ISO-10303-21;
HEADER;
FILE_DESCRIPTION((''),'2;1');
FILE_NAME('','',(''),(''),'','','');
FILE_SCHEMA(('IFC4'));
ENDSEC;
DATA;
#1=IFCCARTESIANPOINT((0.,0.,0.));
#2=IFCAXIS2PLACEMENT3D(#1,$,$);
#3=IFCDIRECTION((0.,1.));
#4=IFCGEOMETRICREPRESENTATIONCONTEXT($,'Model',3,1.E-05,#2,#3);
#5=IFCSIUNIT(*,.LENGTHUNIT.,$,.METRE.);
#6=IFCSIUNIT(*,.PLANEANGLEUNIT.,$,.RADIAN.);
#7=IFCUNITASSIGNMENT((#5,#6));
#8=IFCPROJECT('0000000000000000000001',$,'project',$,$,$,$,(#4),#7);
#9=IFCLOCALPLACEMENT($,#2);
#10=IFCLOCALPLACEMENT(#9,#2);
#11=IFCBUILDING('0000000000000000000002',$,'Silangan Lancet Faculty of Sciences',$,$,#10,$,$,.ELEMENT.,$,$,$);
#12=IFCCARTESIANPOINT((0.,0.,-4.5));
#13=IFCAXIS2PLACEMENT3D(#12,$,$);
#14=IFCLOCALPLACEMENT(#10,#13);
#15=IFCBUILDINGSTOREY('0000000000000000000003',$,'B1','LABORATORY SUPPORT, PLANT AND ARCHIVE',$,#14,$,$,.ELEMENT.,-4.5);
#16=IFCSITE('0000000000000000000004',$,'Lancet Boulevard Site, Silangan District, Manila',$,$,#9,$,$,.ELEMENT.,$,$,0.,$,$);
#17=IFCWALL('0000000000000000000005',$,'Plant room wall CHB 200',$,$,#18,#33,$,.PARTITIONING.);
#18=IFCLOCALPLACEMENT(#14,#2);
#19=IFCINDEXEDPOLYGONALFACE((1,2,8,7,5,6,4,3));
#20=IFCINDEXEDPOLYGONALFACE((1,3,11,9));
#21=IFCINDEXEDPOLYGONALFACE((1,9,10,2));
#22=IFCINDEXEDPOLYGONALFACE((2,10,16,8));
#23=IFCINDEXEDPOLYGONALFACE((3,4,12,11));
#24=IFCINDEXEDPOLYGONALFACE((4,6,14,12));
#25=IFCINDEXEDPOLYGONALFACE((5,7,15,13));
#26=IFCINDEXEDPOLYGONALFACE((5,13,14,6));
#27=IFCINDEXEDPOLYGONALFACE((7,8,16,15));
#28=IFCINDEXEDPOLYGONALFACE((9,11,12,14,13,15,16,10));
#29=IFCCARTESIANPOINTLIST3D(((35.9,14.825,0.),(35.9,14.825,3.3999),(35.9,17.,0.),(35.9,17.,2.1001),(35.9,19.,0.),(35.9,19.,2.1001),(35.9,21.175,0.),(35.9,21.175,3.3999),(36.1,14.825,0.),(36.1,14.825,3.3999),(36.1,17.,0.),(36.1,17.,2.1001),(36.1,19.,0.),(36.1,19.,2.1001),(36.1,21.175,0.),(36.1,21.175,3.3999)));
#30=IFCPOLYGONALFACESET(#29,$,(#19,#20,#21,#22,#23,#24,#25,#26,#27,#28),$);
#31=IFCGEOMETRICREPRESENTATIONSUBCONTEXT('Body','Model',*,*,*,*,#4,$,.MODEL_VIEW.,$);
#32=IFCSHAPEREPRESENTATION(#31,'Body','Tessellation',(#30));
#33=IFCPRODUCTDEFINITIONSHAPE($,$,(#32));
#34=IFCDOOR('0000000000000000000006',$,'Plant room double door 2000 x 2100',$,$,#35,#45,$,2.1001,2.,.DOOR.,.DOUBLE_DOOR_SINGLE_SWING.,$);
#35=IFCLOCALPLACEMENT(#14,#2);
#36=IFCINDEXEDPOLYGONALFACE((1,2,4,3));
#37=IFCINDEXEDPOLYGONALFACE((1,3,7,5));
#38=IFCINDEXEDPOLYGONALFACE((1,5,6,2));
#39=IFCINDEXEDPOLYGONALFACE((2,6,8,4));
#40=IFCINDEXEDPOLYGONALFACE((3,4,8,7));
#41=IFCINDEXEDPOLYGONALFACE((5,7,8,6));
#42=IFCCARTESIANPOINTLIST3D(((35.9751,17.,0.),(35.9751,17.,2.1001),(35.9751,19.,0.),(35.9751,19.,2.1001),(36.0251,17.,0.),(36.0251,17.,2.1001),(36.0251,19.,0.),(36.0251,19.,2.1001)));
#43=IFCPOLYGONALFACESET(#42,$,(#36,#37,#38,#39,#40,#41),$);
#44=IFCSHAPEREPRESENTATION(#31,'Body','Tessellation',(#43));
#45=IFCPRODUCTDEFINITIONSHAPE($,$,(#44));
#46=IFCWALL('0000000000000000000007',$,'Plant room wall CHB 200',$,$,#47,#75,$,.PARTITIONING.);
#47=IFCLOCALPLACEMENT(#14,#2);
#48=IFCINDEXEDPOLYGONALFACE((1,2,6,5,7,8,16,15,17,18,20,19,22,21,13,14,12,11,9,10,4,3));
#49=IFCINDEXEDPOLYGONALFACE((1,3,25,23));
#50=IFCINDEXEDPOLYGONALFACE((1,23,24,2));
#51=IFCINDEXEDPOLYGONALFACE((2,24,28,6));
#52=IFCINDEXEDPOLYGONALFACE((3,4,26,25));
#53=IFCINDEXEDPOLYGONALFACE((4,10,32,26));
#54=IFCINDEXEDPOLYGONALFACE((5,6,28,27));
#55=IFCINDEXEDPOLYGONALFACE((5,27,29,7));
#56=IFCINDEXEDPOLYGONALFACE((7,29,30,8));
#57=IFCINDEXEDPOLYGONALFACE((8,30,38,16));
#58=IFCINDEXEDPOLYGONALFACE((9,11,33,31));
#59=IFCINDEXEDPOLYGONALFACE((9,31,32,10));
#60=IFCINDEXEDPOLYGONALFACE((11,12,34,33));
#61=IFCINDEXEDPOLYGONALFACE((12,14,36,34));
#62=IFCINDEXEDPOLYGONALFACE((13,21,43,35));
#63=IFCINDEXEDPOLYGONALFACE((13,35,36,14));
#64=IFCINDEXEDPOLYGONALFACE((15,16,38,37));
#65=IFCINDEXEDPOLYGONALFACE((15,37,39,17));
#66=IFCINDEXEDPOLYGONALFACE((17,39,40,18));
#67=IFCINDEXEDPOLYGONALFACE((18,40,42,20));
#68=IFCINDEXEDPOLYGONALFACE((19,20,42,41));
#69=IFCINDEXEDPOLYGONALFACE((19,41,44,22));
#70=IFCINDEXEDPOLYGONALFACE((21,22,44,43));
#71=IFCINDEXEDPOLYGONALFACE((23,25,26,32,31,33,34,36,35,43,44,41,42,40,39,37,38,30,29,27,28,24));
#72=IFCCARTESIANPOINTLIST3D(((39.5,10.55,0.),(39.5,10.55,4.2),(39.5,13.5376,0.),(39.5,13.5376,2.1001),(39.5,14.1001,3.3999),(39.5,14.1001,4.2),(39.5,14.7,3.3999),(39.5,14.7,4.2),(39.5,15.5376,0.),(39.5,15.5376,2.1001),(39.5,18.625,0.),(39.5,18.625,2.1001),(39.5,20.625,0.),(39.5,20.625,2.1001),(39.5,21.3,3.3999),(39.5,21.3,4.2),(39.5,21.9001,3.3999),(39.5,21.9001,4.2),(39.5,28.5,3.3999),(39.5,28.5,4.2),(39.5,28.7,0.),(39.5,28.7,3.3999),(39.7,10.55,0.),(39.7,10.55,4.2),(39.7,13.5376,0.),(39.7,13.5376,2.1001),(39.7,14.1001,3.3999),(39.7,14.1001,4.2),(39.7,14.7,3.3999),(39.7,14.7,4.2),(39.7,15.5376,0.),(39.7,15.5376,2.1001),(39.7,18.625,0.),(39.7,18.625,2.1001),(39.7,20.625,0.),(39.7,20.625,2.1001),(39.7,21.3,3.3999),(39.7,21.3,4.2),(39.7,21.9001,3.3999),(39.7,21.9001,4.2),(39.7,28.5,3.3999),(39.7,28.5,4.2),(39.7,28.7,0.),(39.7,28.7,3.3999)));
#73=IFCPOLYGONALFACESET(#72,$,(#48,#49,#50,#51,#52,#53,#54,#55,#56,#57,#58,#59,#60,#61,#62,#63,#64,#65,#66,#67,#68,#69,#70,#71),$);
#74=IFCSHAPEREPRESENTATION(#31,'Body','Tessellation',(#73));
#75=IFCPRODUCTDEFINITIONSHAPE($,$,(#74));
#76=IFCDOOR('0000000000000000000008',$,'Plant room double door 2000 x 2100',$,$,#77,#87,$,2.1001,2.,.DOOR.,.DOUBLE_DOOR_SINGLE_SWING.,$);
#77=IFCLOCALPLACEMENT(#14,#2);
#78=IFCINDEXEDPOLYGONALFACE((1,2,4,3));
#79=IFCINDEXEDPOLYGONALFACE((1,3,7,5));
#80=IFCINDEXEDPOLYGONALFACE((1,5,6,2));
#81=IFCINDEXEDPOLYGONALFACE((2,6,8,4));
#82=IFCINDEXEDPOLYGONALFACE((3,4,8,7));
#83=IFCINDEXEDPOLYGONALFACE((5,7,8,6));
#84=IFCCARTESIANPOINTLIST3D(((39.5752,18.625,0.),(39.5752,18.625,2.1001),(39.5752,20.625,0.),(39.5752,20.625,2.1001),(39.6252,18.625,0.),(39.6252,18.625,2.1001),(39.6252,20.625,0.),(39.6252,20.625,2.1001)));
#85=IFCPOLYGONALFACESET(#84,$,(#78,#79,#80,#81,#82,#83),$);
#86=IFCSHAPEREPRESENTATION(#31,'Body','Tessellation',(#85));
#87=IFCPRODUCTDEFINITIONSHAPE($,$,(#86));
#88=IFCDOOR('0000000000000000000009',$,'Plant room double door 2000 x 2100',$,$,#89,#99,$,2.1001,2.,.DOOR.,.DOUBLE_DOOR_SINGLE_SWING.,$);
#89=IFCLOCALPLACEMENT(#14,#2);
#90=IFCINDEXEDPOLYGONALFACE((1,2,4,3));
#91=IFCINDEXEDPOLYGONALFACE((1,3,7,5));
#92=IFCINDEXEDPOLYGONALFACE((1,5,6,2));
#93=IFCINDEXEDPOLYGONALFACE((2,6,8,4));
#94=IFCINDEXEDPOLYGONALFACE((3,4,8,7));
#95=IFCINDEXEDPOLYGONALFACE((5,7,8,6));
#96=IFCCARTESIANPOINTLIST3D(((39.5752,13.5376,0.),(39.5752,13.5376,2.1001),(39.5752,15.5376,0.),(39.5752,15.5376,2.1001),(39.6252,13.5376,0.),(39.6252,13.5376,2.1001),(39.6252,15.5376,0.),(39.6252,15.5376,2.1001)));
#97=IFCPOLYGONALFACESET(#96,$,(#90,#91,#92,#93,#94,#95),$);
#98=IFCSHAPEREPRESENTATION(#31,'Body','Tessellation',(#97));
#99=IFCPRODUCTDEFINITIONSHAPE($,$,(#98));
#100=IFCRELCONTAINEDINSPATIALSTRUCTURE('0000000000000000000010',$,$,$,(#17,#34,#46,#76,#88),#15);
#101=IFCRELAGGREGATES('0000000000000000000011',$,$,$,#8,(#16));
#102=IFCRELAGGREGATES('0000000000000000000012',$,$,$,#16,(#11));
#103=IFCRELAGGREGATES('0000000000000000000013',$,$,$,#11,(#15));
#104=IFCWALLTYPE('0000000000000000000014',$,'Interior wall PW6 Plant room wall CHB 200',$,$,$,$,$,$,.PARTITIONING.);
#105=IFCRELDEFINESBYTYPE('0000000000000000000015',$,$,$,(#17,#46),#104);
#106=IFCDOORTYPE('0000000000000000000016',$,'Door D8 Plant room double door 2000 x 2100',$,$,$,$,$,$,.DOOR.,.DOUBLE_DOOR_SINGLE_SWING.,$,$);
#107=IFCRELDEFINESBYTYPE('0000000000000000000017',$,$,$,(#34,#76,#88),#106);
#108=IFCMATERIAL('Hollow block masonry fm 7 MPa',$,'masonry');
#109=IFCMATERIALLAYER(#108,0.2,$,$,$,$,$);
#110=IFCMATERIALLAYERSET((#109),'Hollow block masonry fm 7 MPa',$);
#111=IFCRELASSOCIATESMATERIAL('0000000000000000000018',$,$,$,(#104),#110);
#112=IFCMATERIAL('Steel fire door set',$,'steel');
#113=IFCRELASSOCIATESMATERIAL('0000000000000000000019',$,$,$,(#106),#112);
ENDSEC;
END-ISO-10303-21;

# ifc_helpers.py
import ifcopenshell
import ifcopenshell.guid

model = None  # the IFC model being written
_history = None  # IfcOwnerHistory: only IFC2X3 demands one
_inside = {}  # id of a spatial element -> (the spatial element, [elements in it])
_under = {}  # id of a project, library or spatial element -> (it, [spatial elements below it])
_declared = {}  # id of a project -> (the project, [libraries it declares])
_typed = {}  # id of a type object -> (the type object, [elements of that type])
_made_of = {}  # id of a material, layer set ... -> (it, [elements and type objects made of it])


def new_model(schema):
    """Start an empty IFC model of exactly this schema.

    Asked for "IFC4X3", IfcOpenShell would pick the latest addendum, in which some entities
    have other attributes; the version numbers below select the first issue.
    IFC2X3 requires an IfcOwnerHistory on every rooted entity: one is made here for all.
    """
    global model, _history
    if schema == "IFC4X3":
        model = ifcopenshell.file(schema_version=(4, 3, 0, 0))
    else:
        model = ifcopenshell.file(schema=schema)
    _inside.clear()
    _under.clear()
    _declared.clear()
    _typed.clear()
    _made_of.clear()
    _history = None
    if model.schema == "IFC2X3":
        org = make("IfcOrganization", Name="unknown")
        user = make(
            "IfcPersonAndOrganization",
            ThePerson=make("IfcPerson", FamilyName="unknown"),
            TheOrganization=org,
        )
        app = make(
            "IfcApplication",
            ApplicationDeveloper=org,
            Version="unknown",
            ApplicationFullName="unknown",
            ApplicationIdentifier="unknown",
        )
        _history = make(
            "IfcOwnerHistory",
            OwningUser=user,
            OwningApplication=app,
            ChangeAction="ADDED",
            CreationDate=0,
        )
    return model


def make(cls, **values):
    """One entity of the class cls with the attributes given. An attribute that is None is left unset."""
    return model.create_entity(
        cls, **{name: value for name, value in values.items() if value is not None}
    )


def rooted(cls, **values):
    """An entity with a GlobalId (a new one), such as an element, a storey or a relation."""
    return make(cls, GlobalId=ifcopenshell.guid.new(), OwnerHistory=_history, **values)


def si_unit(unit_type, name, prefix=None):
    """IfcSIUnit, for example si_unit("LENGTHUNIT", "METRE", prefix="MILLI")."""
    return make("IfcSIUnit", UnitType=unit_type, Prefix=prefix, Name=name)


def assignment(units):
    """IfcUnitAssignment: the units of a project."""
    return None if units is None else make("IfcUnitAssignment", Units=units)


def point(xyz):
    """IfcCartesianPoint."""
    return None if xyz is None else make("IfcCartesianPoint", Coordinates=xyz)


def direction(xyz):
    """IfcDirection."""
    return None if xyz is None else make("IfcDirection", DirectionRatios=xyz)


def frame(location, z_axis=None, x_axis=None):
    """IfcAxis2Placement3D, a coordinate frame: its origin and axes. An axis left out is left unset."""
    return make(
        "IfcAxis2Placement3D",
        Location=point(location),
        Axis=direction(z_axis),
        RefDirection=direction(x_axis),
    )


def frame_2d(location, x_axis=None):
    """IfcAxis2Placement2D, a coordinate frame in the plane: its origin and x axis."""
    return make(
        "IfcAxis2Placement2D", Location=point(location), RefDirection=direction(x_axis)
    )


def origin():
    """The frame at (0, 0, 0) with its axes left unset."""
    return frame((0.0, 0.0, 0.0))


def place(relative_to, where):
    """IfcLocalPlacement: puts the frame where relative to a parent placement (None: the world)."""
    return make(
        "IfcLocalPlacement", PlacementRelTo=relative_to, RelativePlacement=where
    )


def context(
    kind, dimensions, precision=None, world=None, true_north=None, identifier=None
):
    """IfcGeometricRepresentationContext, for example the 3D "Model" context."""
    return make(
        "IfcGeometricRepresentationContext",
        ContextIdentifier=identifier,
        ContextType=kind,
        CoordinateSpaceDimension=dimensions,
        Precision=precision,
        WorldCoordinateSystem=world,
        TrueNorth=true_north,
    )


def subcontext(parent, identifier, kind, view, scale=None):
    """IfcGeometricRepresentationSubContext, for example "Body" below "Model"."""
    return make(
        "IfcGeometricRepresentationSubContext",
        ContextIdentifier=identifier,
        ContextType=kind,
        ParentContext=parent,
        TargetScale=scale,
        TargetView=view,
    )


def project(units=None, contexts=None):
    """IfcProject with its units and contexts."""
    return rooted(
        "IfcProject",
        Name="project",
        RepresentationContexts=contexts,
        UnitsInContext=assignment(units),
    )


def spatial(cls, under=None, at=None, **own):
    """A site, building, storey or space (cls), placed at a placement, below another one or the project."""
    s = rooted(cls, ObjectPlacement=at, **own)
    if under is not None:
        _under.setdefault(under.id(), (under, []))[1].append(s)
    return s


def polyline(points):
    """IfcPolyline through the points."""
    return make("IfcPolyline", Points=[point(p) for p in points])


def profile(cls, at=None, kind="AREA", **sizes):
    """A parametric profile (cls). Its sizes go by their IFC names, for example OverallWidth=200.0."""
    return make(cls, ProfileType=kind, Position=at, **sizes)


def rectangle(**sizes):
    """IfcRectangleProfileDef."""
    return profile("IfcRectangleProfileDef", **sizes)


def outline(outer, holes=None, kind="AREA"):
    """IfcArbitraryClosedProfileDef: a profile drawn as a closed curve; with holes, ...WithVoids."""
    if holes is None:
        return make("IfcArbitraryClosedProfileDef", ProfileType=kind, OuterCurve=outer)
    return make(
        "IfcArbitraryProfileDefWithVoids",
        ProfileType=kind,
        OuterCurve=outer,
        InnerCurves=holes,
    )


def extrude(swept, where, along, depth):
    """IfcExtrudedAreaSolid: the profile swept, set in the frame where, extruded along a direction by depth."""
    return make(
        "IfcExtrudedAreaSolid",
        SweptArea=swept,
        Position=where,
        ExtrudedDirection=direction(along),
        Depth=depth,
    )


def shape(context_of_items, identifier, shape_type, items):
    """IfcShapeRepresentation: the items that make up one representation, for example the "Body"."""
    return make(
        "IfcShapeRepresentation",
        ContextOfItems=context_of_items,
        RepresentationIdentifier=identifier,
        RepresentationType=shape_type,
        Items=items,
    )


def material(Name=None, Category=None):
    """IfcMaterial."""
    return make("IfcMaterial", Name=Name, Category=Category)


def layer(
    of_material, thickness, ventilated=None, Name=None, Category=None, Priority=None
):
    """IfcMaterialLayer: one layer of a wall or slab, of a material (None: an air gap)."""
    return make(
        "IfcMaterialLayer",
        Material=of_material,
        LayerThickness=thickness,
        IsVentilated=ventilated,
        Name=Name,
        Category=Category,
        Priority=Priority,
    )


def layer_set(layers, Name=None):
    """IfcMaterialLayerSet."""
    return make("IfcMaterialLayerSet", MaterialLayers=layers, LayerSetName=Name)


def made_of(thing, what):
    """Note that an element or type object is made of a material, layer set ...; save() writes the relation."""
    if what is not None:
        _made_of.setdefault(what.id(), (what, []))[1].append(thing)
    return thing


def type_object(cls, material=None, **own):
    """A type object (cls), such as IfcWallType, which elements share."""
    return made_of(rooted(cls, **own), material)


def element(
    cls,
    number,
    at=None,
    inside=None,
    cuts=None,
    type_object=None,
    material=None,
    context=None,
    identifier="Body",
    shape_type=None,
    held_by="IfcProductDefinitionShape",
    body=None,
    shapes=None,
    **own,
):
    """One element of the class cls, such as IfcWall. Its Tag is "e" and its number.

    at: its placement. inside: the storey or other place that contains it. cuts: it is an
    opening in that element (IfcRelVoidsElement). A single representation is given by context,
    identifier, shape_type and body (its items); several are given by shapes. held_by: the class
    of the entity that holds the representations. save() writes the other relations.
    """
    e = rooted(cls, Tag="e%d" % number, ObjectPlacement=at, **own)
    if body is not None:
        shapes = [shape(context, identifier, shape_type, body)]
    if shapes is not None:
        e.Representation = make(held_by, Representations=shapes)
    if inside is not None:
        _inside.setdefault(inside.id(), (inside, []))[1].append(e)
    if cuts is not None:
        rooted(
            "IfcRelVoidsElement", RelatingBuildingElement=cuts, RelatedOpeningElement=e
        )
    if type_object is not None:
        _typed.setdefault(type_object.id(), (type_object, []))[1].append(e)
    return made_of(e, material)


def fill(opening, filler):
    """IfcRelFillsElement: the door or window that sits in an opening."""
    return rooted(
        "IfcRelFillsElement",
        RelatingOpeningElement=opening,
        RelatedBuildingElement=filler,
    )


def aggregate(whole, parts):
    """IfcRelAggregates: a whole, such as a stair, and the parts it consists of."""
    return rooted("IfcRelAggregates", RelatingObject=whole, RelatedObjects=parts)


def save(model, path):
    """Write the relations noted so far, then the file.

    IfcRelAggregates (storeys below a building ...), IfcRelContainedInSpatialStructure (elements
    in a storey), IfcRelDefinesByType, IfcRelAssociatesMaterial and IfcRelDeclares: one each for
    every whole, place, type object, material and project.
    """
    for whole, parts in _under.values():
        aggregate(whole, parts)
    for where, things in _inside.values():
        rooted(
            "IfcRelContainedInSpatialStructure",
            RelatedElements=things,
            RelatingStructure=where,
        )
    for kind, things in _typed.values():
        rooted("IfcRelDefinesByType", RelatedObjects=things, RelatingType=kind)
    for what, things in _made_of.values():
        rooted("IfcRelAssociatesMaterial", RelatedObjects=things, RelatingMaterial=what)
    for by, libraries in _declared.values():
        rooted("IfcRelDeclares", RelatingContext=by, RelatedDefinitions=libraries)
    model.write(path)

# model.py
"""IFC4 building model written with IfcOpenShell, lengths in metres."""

from ifc_helpers import new_model, si_unit, direction, frame, frame_2d, origin, place, context, subcontext, project, spatial, polyline, rectangle, outline, extrude, material, layer, layer_set, type_object, element, fill, save


model = new_model("IFC4")

# Units and contexts
model_context = context("Model", 3, precision=1e-05, world=origin(), true_north=direction((0.0, 1.0)))
body_context = subcontext(model_context, "Body", "Model", "MODEL_VIEW")
ifc_project = project(units=[si_unit("LENGTHUNIT", "METRE"), si_unit("PLANEANGLEUNIT", "RADIAN")], contexts=[model_context])

# Site, building, storey
site_placement = place(None, origin())
site = spatial("IfcSite", under=ifc_project, at=site_placement, Name="Lancet Boulevard Site, Silangan District, Manila", CompositionType="ELEMENT", RefElevation=0.0)
building_placement = place(site_placement, origin())
building = spatial("IfcBuilding", under=site, at=building_placement, Name="Silangan Lancet Faculty of Sciences", CompositionType="ELEMENT")
storey_placement = place(building_placement, frame((0.0, 0.0, -4.5)))
storey = spatial("IfcBuildingStorey", under=building, at=storey_placement, Name="B1", Description="LABORATORY SUPPORT, PLANT AND ARCHIVE", CompositionType="ELEMENT", Elevation=-4.5)

# Shared definitions
ifc_material_1 = material(Name="Hollow block masonry fm 7 MPa", Category="masonry")
ifc_layer = layer(ifc_material_1, 0.2)
ifc_layer_set = layer_set([ifc_layer], Name="Hollow block masonry fm 7 MPa")
wall_type = type_object("IfcWallType", Name="Interior wall PW6 Plant room wall CHB 200", PredefinedType="PARTITIONING", material=ifc_layer_set)

# Wall, opening, door
wall_1_placement = place(storey_placement, frame((36.0, 14.825, 0.0), z_axis=(0.0, 0.0, 1.0), x_axis=(0.0, 1.0, 0.0)))
wall_1 = element("IfcWall", 1, at=wall_1_placement, inside=storey, type_object=wall_type, Name="Plant room wall CHB 200", PredefinedType="PARTITIONING", context=body_context, shape_type="SweptSolid", body=[
    extrude(rectangle(XDim=6.3501, YDim=0.2, at=frame_2d((3.175, 0.0))), origin(), (0.0, 0.0, 1.0), 3.3999),
])
opening_1_placement = place(wall_1_placement, frame((2.175, 0.0, 0.0)))
opening_1 = element("IfcOpeningElement", 2, at=opening_1_placement, cuts=wall_1, PredefinedType="OPENING", context=body_context, shape_type="SweptSolid", body=[
    extrude(rectangle(XDim=2.0, YDim=2.1001, at=frame_2d((1.0, 1.05))), frame((0.0, 0.1099, 0.0), z_axis=(0.0, -1.0, 0.0), x_axis=(1.0, 0.0, 0.0)), (0.0, 0.0, 1.0), 0.22),
])
ifc_material_2 = material(Name="Steel fire door set", Category="steel")
door_type = type_object("IfcDoorType", Name="Door D8 Plant room double door 2000 x 2100", OperationType="DOUBLE_DOOR_SINGLE_SWING", PredefinedType="DOOR", material=ifc_material_2)
door_1_placement = place(opening_1_placement, origin())
door_1 = element("IfcDoor", 3, at=door_1_placement, inside=storey, type_object=door_type, Name="Plant room double door 2000 x 2100", OperationType="DOUBLE_DOOR_SINGLE_SWING", OverallHeight=2.1001, OverallWidth=2.0, PredefinedType="DOOR", context=body_context, shape_type="SweptSolid", body=[
    extrude(rectangle(XDim=2.0, YDim=2.1001, at=frame_2d((1.0, 1.05))), frame((0.0, 0.0249, 0.0), z_axis=(0.0, -1.0, 0.0), x_axis=(1.0, 0.0, 0.0)), (0.0, 0.0, 1.0), 0.05),
])
fill(opening_1, door_1)

# Wall, openings, doors
wall_2_placement = place(storey_placement, frame((39.6001, 10.55, 0.0), z_axis=(0.0, 0.0, 1.0), x_axis=(0.0, 1.0, 0.0)))
wall_2 = element("IfcWall", 4, at=wall_2_placement, inside=storey, type_object=wall_type, Name="Plant room wall CHB 200", PredefinedType="PARTITIONING", context=body_context, shape_type="SweptSolid", body=[
    extrude(outline(polyline([(0.0, 0.0), (18.1499, 0.0), (18.1499, 3.3999), (17.95, 3.3999), (17.95, 4.2), (11.3501, 4.2), (11.3501, 3.3999), (10.75, 3.3999), (10.75, 4.2), (4.1499, 4.2), (4.1499, 3.3999), (3.55, 3.3999), (3.55, 4.2), (0.0, 4.2), (0.0, 0.0)])), frame((0.0, 0.1001, 0.0), z_axis=(0.0, -1.0, 0.0), x_axis=(1.0, 0.0, 0.0)), (0.0, 0.0, 1.0), 0.2),
])
opening_2_placement = place(wall_2_placement, frame((8.075, 0.0, 0.0)))
opening_2 = element("IfcOpeningElement", 5, at=opening_2_placement, cuts=wall_2, PredefinedType="OPENING", context=body_context, shape_type="SweptSolid", body=[
    extrude(rectangle(XDim=2.0, YDim=2.1001, at=frame_2d((1.0, 1.05))), frame((0.0, 0.1099, 0.0), z_axis=(0.0, -1.0, 0.0), x_axis=(1.0, 0.0, 0.0)), (0.0, 0.0, 1.0), 0.22),
])
opening_3_placement = place(wall_2_placement, frame((2.9875, 0.0, 0.0)))
opening_3 = element("IfcOpeningElement", 6, at=opening_3_placement, cuts=wall_2, PredefinedType="OPENING", context=body_context, shape_type="SweptSolid", body=[
    extrude(rectangle(XDim=2.0, YDim=2.1001, at=frame_2d((1.0, 1.05))), frame((0.0, 0.1099, 0.0), z_axis=(0.0, -1.0, 0.0), x_axis=(1.0, 0.0, 0.0)), (0.0, 0.0, 1.0), 0.22),
])
door_2_placement = place(opening_2_placement, origin())
door_2 = element("IfcDoor", 7, at=door_2_placement, inside=storey, type_object=door_type, Name="Plant room double door 2000 x 2100", OperationType="DOUBLE_DOOR_SINGLE_SWING", OverallHeight=2.1001, OverallWidth=2.0, PredefinedType="DOOR", context=body_context, shape_type="SweptSolid", body=[
    extrude(rectangle(XDim=2.0, YDim=2.1001, at=frame_2d((1.0, 1.05))), frame((0.0, 0.0249, 0.0), z_axis=(0.0, -1.0, 0.0), x_axis=(1.0, 0.0, 0.0)), (0.0, 0.0, 1.0), 0.05),
])
fill(opening_2, door_2)
door_3_placement = place(opening_3_placement, origin())
door_3 = element("IfcDoor", 8, at=door_3_placement, inside=storey, type_object=door_type, Name="Plant room double door 2000 x 2100", OperationType="DOUBLE_DOOR_SINGLE_SWING", OverallHeight=2.1001, OverallWidth=2.0, PredefinedType="DOOR", context=body_context, shape_type="SweptSolid", body=[
    extrude(rectangle(XDim=2.0, YDim=2.1001, at=frame_2d((1.0, 1.05))), frame((0.0, 0.0249, 0.0), z_axis=(0.0, -1.0, 0.0), x_axis=(1.0, 0.0, 0.0)), (0.0, 0.0, 1.0), 0.05),
])
fill(opening_3, door_3)

save(model, "model.ifc")
